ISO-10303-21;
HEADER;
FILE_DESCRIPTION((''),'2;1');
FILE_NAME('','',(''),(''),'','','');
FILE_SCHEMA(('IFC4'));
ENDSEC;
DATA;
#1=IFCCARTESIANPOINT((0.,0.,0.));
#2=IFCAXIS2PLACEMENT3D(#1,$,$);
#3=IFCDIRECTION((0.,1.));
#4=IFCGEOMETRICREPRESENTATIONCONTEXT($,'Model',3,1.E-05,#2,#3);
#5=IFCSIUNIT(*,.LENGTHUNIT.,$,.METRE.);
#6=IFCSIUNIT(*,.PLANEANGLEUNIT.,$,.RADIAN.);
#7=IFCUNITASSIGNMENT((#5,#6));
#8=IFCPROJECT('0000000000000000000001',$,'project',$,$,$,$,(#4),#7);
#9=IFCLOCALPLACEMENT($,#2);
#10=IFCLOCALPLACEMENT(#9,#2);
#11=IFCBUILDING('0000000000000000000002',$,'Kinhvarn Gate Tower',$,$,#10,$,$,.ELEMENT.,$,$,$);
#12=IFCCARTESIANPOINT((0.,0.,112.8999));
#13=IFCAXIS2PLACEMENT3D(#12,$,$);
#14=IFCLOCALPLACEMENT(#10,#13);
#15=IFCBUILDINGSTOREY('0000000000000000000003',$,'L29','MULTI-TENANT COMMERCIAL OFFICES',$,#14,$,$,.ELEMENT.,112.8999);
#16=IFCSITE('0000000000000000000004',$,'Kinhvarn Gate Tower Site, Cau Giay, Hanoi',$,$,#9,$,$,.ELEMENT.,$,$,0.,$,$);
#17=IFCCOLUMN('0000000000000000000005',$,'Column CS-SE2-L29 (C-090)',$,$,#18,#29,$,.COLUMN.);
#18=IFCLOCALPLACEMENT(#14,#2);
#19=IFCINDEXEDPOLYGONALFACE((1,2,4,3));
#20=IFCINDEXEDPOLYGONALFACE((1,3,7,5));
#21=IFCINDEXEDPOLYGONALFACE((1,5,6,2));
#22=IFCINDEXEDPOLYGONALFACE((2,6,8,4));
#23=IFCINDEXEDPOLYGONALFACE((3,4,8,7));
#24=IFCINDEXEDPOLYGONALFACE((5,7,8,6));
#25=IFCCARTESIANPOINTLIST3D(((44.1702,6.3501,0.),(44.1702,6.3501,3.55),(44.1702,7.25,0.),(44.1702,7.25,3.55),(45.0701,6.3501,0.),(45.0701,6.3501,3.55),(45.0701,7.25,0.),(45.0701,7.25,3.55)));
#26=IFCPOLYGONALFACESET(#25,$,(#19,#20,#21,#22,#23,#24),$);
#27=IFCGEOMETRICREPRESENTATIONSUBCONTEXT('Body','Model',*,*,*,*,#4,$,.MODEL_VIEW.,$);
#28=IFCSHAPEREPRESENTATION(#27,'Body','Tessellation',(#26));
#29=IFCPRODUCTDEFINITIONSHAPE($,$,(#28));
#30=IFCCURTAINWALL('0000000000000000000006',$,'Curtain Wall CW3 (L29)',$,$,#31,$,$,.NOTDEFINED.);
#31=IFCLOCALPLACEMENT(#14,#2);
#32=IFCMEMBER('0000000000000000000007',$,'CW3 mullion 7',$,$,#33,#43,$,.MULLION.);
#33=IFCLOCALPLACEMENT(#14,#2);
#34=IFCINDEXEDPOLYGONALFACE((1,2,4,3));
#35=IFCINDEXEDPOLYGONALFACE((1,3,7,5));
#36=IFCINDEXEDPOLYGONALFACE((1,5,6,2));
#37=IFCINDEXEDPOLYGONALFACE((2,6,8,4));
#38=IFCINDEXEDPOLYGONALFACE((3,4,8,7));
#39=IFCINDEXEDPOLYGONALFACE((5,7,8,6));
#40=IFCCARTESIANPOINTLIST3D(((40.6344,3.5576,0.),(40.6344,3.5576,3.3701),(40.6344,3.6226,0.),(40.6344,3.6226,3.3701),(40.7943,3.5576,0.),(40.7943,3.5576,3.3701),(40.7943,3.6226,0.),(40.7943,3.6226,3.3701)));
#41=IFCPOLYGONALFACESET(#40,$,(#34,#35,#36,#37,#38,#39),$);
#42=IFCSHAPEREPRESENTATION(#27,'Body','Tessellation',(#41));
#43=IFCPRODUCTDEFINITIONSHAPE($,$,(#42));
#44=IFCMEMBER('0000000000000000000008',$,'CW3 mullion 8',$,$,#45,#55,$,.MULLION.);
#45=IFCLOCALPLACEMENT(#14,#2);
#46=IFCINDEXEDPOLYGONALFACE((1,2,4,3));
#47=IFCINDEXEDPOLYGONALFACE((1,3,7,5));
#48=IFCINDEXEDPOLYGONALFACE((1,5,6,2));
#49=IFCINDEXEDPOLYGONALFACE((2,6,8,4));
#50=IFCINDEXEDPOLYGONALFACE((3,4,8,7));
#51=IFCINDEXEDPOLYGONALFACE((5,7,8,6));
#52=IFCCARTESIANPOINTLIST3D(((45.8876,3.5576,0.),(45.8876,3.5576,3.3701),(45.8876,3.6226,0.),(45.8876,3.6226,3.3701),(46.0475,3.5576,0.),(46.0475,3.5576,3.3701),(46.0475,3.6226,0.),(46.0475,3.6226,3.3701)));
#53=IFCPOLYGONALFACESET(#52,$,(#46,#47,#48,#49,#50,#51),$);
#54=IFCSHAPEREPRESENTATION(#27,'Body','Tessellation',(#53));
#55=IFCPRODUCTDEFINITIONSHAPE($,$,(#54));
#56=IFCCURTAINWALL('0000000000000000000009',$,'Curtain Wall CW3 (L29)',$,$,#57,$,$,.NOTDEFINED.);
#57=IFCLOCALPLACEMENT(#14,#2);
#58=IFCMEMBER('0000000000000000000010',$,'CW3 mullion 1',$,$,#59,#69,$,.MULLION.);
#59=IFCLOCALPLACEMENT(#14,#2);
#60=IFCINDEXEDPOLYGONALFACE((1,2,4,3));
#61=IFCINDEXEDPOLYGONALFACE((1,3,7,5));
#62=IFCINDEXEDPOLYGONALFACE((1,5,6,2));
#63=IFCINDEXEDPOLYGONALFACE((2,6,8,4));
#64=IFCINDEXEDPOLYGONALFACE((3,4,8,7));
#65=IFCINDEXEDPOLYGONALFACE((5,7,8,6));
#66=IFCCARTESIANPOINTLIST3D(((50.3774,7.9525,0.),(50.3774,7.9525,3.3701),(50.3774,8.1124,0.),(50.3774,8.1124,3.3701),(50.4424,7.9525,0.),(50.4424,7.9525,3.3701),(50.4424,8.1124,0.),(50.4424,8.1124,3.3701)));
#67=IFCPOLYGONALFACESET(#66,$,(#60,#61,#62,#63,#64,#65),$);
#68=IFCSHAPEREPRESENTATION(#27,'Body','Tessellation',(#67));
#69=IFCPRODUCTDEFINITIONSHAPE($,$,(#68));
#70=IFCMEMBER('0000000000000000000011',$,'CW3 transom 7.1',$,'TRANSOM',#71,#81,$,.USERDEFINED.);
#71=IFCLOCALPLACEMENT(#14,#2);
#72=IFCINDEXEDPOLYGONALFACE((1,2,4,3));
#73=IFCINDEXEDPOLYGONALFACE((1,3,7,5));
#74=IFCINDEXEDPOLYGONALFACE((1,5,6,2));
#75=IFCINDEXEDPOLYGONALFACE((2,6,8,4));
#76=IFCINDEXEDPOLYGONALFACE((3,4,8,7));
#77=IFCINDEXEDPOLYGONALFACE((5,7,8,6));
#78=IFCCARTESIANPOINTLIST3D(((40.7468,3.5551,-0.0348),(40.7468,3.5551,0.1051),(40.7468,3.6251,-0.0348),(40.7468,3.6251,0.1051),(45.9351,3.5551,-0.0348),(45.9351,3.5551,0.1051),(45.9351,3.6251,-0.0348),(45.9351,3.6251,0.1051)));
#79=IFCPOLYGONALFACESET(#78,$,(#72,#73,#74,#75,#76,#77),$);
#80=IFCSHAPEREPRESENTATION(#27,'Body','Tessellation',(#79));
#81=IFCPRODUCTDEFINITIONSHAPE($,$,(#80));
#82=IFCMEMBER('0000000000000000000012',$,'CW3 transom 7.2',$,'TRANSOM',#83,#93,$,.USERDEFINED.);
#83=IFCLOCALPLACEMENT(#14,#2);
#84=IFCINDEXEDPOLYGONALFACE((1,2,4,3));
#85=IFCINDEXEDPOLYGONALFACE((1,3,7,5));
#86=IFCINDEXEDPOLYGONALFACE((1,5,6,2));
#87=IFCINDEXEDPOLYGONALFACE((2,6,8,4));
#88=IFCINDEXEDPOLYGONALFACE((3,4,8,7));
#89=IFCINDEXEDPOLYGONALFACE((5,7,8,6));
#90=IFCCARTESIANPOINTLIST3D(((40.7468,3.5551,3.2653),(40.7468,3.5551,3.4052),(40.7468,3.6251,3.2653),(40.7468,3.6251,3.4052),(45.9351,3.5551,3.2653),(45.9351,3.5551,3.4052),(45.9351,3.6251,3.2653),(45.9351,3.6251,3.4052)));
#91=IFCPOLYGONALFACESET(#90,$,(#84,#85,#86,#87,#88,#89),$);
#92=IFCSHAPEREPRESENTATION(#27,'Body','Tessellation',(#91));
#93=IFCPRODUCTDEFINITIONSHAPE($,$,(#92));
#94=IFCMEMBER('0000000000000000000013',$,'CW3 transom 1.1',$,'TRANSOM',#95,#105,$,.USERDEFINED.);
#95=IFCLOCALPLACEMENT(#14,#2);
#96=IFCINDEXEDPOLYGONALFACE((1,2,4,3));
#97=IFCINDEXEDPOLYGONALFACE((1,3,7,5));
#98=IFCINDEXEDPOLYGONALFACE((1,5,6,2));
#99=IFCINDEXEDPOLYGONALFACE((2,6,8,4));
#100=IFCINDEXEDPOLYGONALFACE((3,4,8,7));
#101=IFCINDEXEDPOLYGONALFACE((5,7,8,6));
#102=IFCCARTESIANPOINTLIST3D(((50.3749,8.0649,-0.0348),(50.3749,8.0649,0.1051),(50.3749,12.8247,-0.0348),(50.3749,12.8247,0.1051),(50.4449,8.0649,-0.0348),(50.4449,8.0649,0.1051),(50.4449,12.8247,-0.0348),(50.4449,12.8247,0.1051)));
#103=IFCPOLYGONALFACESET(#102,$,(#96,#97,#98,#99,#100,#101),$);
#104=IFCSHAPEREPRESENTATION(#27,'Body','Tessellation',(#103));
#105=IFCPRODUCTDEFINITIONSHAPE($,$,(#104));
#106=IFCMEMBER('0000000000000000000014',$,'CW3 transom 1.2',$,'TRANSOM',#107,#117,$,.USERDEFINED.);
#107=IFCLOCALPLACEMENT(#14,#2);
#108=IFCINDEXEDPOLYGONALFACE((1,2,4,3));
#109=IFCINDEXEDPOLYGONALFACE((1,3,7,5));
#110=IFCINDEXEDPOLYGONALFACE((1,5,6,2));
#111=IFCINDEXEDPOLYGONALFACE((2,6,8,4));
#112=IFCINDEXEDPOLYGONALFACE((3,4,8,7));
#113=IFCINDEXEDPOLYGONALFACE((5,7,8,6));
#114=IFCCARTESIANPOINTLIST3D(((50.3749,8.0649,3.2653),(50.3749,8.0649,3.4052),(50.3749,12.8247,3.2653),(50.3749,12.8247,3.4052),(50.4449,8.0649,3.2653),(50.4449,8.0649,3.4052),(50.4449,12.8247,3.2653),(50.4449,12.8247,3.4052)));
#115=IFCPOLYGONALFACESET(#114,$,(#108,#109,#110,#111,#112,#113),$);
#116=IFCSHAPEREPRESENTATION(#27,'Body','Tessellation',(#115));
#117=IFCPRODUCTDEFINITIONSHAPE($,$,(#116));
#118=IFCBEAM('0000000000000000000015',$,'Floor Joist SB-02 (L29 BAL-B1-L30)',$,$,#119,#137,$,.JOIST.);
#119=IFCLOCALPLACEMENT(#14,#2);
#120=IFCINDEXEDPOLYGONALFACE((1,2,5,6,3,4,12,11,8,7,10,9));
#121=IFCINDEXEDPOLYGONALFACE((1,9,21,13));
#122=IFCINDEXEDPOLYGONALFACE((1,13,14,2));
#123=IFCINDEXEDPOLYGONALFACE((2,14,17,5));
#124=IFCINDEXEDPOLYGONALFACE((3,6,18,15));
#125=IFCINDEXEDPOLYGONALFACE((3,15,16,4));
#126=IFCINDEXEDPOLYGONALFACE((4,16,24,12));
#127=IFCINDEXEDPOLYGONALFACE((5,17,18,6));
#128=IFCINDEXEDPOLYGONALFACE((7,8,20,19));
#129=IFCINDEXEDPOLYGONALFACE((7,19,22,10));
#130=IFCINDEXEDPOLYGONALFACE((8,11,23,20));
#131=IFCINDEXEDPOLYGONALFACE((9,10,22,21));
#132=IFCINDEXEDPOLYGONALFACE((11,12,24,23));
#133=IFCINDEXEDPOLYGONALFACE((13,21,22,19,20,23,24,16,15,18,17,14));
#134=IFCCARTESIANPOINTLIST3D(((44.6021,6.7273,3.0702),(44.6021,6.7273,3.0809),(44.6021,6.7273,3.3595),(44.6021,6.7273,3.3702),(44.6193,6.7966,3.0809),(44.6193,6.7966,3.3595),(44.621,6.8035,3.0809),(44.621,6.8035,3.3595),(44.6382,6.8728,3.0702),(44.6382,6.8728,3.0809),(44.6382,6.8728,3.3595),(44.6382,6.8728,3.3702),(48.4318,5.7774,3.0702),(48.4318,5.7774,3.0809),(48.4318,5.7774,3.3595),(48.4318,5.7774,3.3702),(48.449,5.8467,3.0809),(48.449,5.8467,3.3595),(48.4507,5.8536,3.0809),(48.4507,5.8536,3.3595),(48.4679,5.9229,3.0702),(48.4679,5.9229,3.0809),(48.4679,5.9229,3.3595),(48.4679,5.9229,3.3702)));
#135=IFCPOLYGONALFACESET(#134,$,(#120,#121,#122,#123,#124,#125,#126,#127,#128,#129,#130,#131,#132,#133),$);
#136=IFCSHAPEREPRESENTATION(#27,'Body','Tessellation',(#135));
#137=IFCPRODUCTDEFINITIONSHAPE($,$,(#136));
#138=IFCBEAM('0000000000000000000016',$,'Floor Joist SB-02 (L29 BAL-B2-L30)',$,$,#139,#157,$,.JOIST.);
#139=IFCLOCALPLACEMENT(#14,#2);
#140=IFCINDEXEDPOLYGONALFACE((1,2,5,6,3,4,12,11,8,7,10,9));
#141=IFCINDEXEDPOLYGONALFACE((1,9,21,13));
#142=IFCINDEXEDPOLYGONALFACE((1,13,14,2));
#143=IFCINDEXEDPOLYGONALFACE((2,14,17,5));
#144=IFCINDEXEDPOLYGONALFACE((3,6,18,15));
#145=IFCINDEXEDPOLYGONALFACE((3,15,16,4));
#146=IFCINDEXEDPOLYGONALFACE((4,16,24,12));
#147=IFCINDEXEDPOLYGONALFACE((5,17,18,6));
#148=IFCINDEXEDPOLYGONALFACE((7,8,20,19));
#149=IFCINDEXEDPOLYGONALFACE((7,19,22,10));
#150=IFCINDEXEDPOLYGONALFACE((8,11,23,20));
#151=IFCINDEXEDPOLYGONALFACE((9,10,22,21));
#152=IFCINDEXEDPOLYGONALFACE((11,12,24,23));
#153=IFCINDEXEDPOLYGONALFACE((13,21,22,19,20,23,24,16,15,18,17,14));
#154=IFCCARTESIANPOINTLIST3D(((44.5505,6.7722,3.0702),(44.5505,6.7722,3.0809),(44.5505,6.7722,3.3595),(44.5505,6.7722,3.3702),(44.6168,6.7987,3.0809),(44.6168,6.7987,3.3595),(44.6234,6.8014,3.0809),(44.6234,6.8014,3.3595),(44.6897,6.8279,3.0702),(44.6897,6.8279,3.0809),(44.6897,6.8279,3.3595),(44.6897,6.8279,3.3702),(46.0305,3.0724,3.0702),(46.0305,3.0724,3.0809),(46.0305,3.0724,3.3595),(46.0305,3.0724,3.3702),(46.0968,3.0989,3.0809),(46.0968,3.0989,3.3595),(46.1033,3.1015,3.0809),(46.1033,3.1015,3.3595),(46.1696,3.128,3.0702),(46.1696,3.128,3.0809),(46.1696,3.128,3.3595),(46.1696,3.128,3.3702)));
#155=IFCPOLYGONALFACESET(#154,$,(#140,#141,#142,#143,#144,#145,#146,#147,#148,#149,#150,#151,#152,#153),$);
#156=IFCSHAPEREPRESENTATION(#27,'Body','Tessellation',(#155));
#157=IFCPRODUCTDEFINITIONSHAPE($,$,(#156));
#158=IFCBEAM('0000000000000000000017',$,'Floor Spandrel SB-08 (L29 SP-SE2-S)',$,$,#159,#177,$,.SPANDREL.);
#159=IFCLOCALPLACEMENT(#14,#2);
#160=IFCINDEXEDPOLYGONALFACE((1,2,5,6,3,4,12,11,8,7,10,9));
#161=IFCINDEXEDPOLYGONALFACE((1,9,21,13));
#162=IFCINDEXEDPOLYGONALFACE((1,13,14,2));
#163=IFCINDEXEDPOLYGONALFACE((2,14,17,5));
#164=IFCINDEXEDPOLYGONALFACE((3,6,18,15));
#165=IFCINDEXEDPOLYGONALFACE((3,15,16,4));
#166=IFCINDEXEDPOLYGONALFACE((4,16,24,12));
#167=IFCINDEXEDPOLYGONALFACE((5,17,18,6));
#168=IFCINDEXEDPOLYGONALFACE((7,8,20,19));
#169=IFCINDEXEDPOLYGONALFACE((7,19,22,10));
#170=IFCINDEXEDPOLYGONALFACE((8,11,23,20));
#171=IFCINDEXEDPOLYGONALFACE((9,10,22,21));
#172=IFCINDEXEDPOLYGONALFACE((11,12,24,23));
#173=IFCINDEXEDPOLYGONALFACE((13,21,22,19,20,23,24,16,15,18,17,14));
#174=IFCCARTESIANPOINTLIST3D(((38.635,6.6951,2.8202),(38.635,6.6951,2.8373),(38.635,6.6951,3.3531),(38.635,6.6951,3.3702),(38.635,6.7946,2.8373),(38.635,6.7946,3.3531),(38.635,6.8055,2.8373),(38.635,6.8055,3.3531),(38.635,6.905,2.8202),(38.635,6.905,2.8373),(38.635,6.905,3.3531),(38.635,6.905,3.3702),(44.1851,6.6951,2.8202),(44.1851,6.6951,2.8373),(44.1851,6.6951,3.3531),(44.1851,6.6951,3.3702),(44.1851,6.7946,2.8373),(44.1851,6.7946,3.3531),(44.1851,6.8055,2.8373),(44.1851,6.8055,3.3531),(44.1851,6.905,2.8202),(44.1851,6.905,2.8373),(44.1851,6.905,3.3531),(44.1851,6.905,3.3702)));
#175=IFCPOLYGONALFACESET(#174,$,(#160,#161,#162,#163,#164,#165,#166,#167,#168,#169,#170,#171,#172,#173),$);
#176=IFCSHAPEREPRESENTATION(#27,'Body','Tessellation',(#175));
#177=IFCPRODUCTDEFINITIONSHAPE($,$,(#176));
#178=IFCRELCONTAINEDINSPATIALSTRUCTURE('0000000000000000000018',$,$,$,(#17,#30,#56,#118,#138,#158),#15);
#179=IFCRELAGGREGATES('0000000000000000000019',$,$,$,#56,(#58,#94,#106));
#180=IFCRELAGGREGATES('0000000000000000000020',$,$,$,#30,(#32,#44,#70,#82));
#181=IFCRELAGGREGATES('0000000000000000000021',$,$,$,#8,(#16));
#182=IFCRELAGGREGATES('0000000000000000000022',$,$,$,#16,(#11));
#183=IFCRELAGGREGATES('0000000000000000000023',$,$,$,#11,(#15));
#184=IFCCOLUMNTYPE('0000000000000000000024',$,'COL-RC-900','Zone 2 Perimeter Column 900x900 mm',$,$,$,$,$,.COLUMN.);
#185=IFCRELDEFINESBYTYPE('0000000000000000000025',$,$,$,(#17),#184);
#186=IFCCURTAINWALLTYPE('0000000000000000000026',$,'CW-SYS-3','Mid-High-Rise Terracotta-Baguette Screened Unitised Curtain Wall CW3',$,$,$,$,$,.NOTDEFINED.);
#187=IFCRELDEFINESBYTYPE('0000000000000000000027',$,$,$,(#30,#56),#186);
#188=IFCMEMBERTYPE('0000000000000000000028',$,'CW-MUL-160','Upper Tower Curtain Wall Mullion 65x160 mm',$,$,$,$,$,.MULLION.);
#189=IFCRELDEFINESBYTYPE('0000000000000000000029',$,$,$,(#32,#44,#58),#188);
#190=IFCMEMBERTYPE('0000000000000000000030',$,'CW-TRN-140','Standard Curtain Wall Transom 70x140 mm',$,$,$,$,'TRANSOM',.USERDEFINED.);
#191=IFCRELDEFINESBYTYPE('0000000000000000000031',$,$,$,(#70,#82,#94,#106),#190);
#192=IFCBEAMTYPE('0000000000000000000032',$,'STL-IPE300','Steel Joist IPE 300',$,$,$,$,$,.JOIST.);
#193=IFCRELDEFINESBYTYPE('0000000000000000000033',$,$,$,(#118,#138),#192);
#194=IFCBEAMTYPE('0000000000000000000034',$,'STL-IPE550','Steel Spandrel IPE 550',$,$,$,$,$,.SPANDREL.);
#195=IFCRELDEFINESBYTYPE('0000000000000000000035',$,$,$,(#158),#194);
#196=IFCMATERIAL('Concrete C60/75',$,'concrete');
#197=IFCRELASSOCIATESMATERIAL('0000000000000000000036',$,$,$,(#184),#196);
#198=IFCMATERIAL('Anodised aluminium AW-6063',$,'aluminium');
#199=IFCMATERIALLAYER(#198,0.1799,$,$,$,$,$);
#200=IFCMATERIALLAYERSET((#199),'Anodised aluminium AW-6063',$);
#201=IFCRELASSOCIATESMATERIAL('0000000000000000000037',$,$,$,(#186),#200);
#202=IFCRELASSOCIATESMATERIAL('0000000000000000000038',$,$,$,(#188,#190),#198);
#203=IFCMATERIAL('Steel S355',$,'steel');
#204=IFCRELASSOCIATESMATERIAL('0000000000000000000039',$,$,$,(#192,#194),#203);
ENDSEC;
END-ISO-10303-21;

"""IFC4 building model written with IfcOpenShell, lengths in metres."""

from ifc_helpers import new_model, si_unit, direction, frame, origin, origin_2d, place, context, subcontext, project, spatial, rectangle, i_section, extrude, material, layer, layer_set, material_profile, profile_set, type_object, element, aggregate, save


model = new_model("IFC4")

# Units and contexts
model_context = context("Model", 3, precision=1e-05, world=origin(), true_north=direction((0.0, 1.0)))
body_context = subcontext(model_context, "Body", "Model", "MODEL_VIEW")
ifc_project = project(units=[si_unit("LENGTHUNIT", "METRE"), si_unit("PLANEANGLEUNIT", "RADIAN")], contexts=[model_context])

# Site, building, storey
site_placement = place(None, origin())
site = spatial("IfcSite", under=ifc_project, at=site_placement, Name="Kinhvarn Gate Tower Site, Cau Giay, Hanoi", CompositionType="ELEMENT", RefElevation=0.0)
building_placement = place(site_placement, origin())
building = spatial("IfcBuilding", under=site, at=building_placement, Name="Kinhvarn Gate Tower", CompositionType="ELEMENT")
storey_placement = place(building_placement, frame((0.0, 0.0, 112.8999)))
storey = spatial("IfcBuildingStorey", under=building, at=storey_placement, Name="L29", Description="MULTI-TENANT COMMERCIAL OFFICES", CompositionType="ELEMENT", Elevation=112.8999)

# Column
ifc_material_1 = material(Name="Concrete C60/75", Category="concrete")
ifc_material_profile_1 = material_profile(ifc_material_1, rectangle(XDim=0.8999, YDim=0.8999, at=origin_2d()), Name="RC 900x900")
ifc_profile_set_1 = profile_set([ifc_material_profile_1], Name="Concrete C60/75")
column_type = type_object("IfcColumnType", Name="COL-RC-900", Description="Zone 2 Perimeter Column 900x900 mm", PredefinedType="COLUMN", material=ifc_profile_set_1)
column_placement = place(storey_placement, frame((44.6201, 6.8, 0.0), z_axis=(0.0, 0.0, 1.0), x_axis=(1.0, 0.0, 0.0)))
element("IfcColumn", 1, at=column_placement, inside=storey, type_object=column_type, Name="Column CS-SE2-L29 (C-090)", PredefinedType="COLUMN", context=body_context, shape_type="SweptSolid", body=[
    extrude(rectangle(XDim=0.8999, YDim=0.8999, at=origin_2d()), origin(), (0.0, 0.0, 1.0), 3.55),
])

# Curtain wall, members
ifc_material_2 = material(Name="Anodised aluminium AW-6063", Category="aluminium")
ifc_layer_1 = layer(ifc_material_2, 0.1799)
ifc_layer_set_1 = layer_set([ifc_layer_1], Name="Anodised aluminium AW-6063")
curtain_wall_type = type_object("IfcCurtainWallType", Name="CW-SYS-3", Description="Mid-High-Rise Terracotta-Baguette Screened Unitised Curtain Wall CW3", PredefinedType="NOTDEFINED", material=ifc_layer_set_1)
curtain_wall_1_placement = place(storey_placement, origin())
curtain_wall_1 = element("IfcCurtainWall", 2, at=curtain_wall_1_placement, inside=storey, type_object=curtain_wall_type, Name="Curtain Wall CW3 (L29)", PredefinedType="NOTDEFINED")
ifc_material_profile_2 = material_profile(ifc_material_2, rectangle(XDim=0.0649, YDim=0.1599, at=origin_2d()), Name="ALU 65x160")
ifc_profile_set_2 = profile_set([ifc_material_profile_2], Name="Anodised aluminium AW-6063")
member_type_1 = type_object("IfcMemberType", Name="CW-MUL-160", Description="Upper Tower Curtain Wall Mullion 65x160 mm", PredefinedType="MULLION", material=ifc_profile_set_2)
member_1_placement = place(storey_placement, frame((40.7144, 3.5901, 0.0), z_axis=(0.0, 0.0, 1.0), x_axis=(0.0, 1.0, 0.0)))
member_1 = element("IfcMember", 3, at=member_1_placement, type_object=member_type_1, Name="CW3 mullion 7", PredefinedType="MULLION", context=body_context, shape_type="SweptSolid", body=[
    extrude(rectangle(XDim=0.0649, YDim=0.1599, at=origin_2d()), origin(), (0.0, 0.0, 1.0), 3.3701),
])
member_2_placement = place(storey_placement, frame((45.9675, 3.5901, 0.0), z_axis=(0.0, 0.0, 1.0), x_axis=(0.0, 1.0, 0.0)))
member_2 = element("IfcMember", 4, at=member_2_placement, type_object=member_type_1, Name="CW3 mullion 8", PredefinedType="MULLION", context=body_context, shape_type="SweptSolid", body=[
    extrude(rectangle(XDim=0.0649, YDim=0.1599, at=origin_2d()), origin(), (0.0, 0.0, 1.0), 3.3701),
])

# Curtain wall, member
curtain_wall_2_placement = place(storey_placement, origin())
curtain_wall_2 = element("IfcCurtainWall", 5, at=curtain_wall_2_placement, inside=storey, type_object=curtain_wall_type, Name="Curtain Wall CW3 (L29)", PredefinedType="NOTDEFINED")
member_3_placement = place(storey_placement, frame((50.4099, 8.0325, 0.0), z_axis=(0.0, 0.0, 1.0), x_axis=(-1.0, 0.0, 0.0)))
member_3 = element("IfcMember", 6, at=member_3_placement, type_object=member_type_1, Name="CW3 mullion 1", PredefinedType="MULLION", context=body_context, shape_type="SweptSolid", body=[
    extrude(rectangle(XDim=0.0649, YDim=0.1599, at=origin_2d()), origin(), (0.0, 0.0, 1.0), 3.3701),
])

# Members
ifc_material_profile_3 = material_profile(ifc_material_2, rectangle(XDim=0.0701, YDim=0.1399, at=origin_2d()), Name="ALU 70x140")
ifc_profile_set_3 = profile_set([ifc_material_profile_3], Name="Anodised aluminium AW-6063")
member_type_2 = type_object("IfcMemberType", Name="CW-TRN-140", Description="Standard Curtain Wall Transom 70x140 mm", ElementType="TRANSOM", PredefinedType="USERDEFINED", material=ifc_profile_set_3)
member_4_placement = place(storey_placement, frame((40.7468, 3.5901, 0.0352), z_axis=(1.0, 0.0, 0.0), x_axis=(0.0, 1.0, 0.0)))
member_4 = element("IfcMember", 7, at=member_4_placement, type_object=member_type_2, Name="CW3 transom 7.1", ObjectType="TRANSOM", PredefinedType="USERDEFINED", context=body_context, shape_type="SweptSolid", body=[
    extrude(rectangle(XDim=0.0701, YDim=0.1399, at=origin_2d()), origin(), (0.0, 0.0, 1.0), 5.1882),
])
member_5_placement = place(storey_placement, frame((40.7468, 3.5901, 3.3352), z_axis=(1.0, 0.0, 0.0), x_axis=(0.0, 1.0, 0.0)))
member_5 = element("IfcMember", 8, at=member_5_placement, type_object=member_type_2, Name="CW3 transom 7.2", ObjectType="TRANSOM", PredefinedType="USERDEFINED", context=body_context, shape_type="SweptSolid", body=[
    extrude(rectangle(XDim=0.0701, YDim=0.1399, at=origin_2d()), origin(), (0.0, 0.0, 1.0), 5.1882),
])
member_6_placement = place(storey_placement, frame((50.4099, 8.0649, 0.0352), z_axis=(0.0, 1.0, 0.0), x_axis=(-1.0, 0.0, 0.0)))
member_6 = element("IfcMember", 9, at=member_6_placement, type_object=member_type_2, Name="CW3 transom 1.1", ObjectType="TRANSOM", PredefinedType="USERDEFINED", context=body_context, shape_type="SweptSolid", body=[
    extrude(rectangle(XDim=0.0701, YDim=0.1399, at=origin_2d()), origin(), (0.0, 0.0, 1.0), 4.7598),
])
member_7_placement = place(storey_placement, frame((50.4099, 8.0649, 3.3352), z_axis=(0.0, 1.0, 0.0), x_axis=(-1.0, 0.0, 0.0)))
member_7 = element("IfcMember", 10, at=member_7_placement, type_object=member_type_2, Name="CW3 transom 1.2", ObjectType="TRANSOM", PredefinedType="USERDEFINED", context=body_context, shape_type="SweptSolid", body=[
    extrude(rectangle(XDim=0.0701, YDim=0.1399, at=origin_2d()), origin(), (0.0, 0.0, 1.0), 4.7598),
])
aggregate(curtain_wall_2, [member_3, member_6, member_7])

# Beams
ifc_material_3 = material(Name="Steel S355", Category="steel")
ifc_material_profile_4 = material_profile(ifc_material_3, i_section(OverallWidth=0.1499, OverallDepth=0.3, WebThickness=0.0071, FlangeThickness=0.0107, at=origin_2d()), Name="IPE 300")
ifc_profile_set_4 = profile_set([ifc_material_profile_4], Name="Steel S355")
beam_type_1 = type_object("IfcBeamType", Name="STL-IPE300", Description="Steel Joist IPE 300", PredefinedType="JOIST", material=ifc_profile_set_4)
beam_1_placement = place(storey_placement, frame((44.6201, 6.8, 3.2202), z_axis=(0.970589, -0.240745, 0.0), x_axis=(0.240745, 0.970589, 0.0)))
element("IfcBeam", 11, at=beam_1_placement, inside=storey, type_object=beam_type_1, Name="Floor Joist SB-02 (L29 BAL-B1-L30)", PredefinedType="JOIST", context=body_context, shape_type="SweptSolid", body=[
    extrude(i_section(OverallWidth=0.1499, OverallDepth=0.3, WebThickness=0.0071, FlangeThickness=0.0107, at=origin_2d()), origin(), (0.0, 0.0, 1.0), 3.9458),
])
beam_2_placement = place(storey_placement, frame((44.6201, 6.8, 3.2202), z_axis=(0.371391, -0.928477, 0.0), x_axis=(0.928477, 0.371391, 0.0)))
element("IfcBeam", 12, at=beam_2_placement, inside=storey, type_object=beam_type_1, Name="Floor Joist SB-02 (L29 BAL-B2-L30)", PredefinedType="JOIST", context=body_context, shape_type="SweptSolid", body=[
    extrude(i_section(OverallWidth=0.1499, OverallDepth=0.3, WebThickness=0.0071, FlangeThickness=0.0107, at=origin_2d()), origin(), (0.0, 0.0, 1.0), 3.9849),
])
ifc_material_profile_5 = material_profile(ifc_material_3, i_section(OverallWidth=0.21, OverallDepth=0.55, WebThickness=0.011, FlangeThickness=0.0171, at=origin_2d()), Name="IPE 550")
ifc_profile_set_5 = profile_set([ifc_material_profile_5], Name="Steel S355")
beam_type_2 = type_object("IfcBeamType", Name="STL-IPE550", Description="Steel Spandrel IPE 550", PredefinedType="SPANDREL", material=ifc_profile_set_5)
beam_3_placement = place(storey_placement, frame((38.635, 6.8, 3.0952), z_axis=(1.0, 0.0, 0.0), x_axis=(0.0, 1.0, 0.0)))
element("IfcBeam", 13, at=beam_3_placement, inside=storey, type_object=beam_type_2, Name="Floor Spandrel SB-08 (L29 SP-SE2-S)", PredefinedType="SPANDREL", context=body_context, shape_type="SweptSolid", body=[
    extrude(i_section(OverallWidth=0.21, OverallDepth=0.55, WebThickness=0.011, FlangeThickness=0.0171, at=origin_2d()), origin(), (0.0, 0.0, 1.0), 5.55),
])

aggregate(curtain_wall_1, [member_1, member_2, member_4, member_5])

save(model, "model.ifc")
